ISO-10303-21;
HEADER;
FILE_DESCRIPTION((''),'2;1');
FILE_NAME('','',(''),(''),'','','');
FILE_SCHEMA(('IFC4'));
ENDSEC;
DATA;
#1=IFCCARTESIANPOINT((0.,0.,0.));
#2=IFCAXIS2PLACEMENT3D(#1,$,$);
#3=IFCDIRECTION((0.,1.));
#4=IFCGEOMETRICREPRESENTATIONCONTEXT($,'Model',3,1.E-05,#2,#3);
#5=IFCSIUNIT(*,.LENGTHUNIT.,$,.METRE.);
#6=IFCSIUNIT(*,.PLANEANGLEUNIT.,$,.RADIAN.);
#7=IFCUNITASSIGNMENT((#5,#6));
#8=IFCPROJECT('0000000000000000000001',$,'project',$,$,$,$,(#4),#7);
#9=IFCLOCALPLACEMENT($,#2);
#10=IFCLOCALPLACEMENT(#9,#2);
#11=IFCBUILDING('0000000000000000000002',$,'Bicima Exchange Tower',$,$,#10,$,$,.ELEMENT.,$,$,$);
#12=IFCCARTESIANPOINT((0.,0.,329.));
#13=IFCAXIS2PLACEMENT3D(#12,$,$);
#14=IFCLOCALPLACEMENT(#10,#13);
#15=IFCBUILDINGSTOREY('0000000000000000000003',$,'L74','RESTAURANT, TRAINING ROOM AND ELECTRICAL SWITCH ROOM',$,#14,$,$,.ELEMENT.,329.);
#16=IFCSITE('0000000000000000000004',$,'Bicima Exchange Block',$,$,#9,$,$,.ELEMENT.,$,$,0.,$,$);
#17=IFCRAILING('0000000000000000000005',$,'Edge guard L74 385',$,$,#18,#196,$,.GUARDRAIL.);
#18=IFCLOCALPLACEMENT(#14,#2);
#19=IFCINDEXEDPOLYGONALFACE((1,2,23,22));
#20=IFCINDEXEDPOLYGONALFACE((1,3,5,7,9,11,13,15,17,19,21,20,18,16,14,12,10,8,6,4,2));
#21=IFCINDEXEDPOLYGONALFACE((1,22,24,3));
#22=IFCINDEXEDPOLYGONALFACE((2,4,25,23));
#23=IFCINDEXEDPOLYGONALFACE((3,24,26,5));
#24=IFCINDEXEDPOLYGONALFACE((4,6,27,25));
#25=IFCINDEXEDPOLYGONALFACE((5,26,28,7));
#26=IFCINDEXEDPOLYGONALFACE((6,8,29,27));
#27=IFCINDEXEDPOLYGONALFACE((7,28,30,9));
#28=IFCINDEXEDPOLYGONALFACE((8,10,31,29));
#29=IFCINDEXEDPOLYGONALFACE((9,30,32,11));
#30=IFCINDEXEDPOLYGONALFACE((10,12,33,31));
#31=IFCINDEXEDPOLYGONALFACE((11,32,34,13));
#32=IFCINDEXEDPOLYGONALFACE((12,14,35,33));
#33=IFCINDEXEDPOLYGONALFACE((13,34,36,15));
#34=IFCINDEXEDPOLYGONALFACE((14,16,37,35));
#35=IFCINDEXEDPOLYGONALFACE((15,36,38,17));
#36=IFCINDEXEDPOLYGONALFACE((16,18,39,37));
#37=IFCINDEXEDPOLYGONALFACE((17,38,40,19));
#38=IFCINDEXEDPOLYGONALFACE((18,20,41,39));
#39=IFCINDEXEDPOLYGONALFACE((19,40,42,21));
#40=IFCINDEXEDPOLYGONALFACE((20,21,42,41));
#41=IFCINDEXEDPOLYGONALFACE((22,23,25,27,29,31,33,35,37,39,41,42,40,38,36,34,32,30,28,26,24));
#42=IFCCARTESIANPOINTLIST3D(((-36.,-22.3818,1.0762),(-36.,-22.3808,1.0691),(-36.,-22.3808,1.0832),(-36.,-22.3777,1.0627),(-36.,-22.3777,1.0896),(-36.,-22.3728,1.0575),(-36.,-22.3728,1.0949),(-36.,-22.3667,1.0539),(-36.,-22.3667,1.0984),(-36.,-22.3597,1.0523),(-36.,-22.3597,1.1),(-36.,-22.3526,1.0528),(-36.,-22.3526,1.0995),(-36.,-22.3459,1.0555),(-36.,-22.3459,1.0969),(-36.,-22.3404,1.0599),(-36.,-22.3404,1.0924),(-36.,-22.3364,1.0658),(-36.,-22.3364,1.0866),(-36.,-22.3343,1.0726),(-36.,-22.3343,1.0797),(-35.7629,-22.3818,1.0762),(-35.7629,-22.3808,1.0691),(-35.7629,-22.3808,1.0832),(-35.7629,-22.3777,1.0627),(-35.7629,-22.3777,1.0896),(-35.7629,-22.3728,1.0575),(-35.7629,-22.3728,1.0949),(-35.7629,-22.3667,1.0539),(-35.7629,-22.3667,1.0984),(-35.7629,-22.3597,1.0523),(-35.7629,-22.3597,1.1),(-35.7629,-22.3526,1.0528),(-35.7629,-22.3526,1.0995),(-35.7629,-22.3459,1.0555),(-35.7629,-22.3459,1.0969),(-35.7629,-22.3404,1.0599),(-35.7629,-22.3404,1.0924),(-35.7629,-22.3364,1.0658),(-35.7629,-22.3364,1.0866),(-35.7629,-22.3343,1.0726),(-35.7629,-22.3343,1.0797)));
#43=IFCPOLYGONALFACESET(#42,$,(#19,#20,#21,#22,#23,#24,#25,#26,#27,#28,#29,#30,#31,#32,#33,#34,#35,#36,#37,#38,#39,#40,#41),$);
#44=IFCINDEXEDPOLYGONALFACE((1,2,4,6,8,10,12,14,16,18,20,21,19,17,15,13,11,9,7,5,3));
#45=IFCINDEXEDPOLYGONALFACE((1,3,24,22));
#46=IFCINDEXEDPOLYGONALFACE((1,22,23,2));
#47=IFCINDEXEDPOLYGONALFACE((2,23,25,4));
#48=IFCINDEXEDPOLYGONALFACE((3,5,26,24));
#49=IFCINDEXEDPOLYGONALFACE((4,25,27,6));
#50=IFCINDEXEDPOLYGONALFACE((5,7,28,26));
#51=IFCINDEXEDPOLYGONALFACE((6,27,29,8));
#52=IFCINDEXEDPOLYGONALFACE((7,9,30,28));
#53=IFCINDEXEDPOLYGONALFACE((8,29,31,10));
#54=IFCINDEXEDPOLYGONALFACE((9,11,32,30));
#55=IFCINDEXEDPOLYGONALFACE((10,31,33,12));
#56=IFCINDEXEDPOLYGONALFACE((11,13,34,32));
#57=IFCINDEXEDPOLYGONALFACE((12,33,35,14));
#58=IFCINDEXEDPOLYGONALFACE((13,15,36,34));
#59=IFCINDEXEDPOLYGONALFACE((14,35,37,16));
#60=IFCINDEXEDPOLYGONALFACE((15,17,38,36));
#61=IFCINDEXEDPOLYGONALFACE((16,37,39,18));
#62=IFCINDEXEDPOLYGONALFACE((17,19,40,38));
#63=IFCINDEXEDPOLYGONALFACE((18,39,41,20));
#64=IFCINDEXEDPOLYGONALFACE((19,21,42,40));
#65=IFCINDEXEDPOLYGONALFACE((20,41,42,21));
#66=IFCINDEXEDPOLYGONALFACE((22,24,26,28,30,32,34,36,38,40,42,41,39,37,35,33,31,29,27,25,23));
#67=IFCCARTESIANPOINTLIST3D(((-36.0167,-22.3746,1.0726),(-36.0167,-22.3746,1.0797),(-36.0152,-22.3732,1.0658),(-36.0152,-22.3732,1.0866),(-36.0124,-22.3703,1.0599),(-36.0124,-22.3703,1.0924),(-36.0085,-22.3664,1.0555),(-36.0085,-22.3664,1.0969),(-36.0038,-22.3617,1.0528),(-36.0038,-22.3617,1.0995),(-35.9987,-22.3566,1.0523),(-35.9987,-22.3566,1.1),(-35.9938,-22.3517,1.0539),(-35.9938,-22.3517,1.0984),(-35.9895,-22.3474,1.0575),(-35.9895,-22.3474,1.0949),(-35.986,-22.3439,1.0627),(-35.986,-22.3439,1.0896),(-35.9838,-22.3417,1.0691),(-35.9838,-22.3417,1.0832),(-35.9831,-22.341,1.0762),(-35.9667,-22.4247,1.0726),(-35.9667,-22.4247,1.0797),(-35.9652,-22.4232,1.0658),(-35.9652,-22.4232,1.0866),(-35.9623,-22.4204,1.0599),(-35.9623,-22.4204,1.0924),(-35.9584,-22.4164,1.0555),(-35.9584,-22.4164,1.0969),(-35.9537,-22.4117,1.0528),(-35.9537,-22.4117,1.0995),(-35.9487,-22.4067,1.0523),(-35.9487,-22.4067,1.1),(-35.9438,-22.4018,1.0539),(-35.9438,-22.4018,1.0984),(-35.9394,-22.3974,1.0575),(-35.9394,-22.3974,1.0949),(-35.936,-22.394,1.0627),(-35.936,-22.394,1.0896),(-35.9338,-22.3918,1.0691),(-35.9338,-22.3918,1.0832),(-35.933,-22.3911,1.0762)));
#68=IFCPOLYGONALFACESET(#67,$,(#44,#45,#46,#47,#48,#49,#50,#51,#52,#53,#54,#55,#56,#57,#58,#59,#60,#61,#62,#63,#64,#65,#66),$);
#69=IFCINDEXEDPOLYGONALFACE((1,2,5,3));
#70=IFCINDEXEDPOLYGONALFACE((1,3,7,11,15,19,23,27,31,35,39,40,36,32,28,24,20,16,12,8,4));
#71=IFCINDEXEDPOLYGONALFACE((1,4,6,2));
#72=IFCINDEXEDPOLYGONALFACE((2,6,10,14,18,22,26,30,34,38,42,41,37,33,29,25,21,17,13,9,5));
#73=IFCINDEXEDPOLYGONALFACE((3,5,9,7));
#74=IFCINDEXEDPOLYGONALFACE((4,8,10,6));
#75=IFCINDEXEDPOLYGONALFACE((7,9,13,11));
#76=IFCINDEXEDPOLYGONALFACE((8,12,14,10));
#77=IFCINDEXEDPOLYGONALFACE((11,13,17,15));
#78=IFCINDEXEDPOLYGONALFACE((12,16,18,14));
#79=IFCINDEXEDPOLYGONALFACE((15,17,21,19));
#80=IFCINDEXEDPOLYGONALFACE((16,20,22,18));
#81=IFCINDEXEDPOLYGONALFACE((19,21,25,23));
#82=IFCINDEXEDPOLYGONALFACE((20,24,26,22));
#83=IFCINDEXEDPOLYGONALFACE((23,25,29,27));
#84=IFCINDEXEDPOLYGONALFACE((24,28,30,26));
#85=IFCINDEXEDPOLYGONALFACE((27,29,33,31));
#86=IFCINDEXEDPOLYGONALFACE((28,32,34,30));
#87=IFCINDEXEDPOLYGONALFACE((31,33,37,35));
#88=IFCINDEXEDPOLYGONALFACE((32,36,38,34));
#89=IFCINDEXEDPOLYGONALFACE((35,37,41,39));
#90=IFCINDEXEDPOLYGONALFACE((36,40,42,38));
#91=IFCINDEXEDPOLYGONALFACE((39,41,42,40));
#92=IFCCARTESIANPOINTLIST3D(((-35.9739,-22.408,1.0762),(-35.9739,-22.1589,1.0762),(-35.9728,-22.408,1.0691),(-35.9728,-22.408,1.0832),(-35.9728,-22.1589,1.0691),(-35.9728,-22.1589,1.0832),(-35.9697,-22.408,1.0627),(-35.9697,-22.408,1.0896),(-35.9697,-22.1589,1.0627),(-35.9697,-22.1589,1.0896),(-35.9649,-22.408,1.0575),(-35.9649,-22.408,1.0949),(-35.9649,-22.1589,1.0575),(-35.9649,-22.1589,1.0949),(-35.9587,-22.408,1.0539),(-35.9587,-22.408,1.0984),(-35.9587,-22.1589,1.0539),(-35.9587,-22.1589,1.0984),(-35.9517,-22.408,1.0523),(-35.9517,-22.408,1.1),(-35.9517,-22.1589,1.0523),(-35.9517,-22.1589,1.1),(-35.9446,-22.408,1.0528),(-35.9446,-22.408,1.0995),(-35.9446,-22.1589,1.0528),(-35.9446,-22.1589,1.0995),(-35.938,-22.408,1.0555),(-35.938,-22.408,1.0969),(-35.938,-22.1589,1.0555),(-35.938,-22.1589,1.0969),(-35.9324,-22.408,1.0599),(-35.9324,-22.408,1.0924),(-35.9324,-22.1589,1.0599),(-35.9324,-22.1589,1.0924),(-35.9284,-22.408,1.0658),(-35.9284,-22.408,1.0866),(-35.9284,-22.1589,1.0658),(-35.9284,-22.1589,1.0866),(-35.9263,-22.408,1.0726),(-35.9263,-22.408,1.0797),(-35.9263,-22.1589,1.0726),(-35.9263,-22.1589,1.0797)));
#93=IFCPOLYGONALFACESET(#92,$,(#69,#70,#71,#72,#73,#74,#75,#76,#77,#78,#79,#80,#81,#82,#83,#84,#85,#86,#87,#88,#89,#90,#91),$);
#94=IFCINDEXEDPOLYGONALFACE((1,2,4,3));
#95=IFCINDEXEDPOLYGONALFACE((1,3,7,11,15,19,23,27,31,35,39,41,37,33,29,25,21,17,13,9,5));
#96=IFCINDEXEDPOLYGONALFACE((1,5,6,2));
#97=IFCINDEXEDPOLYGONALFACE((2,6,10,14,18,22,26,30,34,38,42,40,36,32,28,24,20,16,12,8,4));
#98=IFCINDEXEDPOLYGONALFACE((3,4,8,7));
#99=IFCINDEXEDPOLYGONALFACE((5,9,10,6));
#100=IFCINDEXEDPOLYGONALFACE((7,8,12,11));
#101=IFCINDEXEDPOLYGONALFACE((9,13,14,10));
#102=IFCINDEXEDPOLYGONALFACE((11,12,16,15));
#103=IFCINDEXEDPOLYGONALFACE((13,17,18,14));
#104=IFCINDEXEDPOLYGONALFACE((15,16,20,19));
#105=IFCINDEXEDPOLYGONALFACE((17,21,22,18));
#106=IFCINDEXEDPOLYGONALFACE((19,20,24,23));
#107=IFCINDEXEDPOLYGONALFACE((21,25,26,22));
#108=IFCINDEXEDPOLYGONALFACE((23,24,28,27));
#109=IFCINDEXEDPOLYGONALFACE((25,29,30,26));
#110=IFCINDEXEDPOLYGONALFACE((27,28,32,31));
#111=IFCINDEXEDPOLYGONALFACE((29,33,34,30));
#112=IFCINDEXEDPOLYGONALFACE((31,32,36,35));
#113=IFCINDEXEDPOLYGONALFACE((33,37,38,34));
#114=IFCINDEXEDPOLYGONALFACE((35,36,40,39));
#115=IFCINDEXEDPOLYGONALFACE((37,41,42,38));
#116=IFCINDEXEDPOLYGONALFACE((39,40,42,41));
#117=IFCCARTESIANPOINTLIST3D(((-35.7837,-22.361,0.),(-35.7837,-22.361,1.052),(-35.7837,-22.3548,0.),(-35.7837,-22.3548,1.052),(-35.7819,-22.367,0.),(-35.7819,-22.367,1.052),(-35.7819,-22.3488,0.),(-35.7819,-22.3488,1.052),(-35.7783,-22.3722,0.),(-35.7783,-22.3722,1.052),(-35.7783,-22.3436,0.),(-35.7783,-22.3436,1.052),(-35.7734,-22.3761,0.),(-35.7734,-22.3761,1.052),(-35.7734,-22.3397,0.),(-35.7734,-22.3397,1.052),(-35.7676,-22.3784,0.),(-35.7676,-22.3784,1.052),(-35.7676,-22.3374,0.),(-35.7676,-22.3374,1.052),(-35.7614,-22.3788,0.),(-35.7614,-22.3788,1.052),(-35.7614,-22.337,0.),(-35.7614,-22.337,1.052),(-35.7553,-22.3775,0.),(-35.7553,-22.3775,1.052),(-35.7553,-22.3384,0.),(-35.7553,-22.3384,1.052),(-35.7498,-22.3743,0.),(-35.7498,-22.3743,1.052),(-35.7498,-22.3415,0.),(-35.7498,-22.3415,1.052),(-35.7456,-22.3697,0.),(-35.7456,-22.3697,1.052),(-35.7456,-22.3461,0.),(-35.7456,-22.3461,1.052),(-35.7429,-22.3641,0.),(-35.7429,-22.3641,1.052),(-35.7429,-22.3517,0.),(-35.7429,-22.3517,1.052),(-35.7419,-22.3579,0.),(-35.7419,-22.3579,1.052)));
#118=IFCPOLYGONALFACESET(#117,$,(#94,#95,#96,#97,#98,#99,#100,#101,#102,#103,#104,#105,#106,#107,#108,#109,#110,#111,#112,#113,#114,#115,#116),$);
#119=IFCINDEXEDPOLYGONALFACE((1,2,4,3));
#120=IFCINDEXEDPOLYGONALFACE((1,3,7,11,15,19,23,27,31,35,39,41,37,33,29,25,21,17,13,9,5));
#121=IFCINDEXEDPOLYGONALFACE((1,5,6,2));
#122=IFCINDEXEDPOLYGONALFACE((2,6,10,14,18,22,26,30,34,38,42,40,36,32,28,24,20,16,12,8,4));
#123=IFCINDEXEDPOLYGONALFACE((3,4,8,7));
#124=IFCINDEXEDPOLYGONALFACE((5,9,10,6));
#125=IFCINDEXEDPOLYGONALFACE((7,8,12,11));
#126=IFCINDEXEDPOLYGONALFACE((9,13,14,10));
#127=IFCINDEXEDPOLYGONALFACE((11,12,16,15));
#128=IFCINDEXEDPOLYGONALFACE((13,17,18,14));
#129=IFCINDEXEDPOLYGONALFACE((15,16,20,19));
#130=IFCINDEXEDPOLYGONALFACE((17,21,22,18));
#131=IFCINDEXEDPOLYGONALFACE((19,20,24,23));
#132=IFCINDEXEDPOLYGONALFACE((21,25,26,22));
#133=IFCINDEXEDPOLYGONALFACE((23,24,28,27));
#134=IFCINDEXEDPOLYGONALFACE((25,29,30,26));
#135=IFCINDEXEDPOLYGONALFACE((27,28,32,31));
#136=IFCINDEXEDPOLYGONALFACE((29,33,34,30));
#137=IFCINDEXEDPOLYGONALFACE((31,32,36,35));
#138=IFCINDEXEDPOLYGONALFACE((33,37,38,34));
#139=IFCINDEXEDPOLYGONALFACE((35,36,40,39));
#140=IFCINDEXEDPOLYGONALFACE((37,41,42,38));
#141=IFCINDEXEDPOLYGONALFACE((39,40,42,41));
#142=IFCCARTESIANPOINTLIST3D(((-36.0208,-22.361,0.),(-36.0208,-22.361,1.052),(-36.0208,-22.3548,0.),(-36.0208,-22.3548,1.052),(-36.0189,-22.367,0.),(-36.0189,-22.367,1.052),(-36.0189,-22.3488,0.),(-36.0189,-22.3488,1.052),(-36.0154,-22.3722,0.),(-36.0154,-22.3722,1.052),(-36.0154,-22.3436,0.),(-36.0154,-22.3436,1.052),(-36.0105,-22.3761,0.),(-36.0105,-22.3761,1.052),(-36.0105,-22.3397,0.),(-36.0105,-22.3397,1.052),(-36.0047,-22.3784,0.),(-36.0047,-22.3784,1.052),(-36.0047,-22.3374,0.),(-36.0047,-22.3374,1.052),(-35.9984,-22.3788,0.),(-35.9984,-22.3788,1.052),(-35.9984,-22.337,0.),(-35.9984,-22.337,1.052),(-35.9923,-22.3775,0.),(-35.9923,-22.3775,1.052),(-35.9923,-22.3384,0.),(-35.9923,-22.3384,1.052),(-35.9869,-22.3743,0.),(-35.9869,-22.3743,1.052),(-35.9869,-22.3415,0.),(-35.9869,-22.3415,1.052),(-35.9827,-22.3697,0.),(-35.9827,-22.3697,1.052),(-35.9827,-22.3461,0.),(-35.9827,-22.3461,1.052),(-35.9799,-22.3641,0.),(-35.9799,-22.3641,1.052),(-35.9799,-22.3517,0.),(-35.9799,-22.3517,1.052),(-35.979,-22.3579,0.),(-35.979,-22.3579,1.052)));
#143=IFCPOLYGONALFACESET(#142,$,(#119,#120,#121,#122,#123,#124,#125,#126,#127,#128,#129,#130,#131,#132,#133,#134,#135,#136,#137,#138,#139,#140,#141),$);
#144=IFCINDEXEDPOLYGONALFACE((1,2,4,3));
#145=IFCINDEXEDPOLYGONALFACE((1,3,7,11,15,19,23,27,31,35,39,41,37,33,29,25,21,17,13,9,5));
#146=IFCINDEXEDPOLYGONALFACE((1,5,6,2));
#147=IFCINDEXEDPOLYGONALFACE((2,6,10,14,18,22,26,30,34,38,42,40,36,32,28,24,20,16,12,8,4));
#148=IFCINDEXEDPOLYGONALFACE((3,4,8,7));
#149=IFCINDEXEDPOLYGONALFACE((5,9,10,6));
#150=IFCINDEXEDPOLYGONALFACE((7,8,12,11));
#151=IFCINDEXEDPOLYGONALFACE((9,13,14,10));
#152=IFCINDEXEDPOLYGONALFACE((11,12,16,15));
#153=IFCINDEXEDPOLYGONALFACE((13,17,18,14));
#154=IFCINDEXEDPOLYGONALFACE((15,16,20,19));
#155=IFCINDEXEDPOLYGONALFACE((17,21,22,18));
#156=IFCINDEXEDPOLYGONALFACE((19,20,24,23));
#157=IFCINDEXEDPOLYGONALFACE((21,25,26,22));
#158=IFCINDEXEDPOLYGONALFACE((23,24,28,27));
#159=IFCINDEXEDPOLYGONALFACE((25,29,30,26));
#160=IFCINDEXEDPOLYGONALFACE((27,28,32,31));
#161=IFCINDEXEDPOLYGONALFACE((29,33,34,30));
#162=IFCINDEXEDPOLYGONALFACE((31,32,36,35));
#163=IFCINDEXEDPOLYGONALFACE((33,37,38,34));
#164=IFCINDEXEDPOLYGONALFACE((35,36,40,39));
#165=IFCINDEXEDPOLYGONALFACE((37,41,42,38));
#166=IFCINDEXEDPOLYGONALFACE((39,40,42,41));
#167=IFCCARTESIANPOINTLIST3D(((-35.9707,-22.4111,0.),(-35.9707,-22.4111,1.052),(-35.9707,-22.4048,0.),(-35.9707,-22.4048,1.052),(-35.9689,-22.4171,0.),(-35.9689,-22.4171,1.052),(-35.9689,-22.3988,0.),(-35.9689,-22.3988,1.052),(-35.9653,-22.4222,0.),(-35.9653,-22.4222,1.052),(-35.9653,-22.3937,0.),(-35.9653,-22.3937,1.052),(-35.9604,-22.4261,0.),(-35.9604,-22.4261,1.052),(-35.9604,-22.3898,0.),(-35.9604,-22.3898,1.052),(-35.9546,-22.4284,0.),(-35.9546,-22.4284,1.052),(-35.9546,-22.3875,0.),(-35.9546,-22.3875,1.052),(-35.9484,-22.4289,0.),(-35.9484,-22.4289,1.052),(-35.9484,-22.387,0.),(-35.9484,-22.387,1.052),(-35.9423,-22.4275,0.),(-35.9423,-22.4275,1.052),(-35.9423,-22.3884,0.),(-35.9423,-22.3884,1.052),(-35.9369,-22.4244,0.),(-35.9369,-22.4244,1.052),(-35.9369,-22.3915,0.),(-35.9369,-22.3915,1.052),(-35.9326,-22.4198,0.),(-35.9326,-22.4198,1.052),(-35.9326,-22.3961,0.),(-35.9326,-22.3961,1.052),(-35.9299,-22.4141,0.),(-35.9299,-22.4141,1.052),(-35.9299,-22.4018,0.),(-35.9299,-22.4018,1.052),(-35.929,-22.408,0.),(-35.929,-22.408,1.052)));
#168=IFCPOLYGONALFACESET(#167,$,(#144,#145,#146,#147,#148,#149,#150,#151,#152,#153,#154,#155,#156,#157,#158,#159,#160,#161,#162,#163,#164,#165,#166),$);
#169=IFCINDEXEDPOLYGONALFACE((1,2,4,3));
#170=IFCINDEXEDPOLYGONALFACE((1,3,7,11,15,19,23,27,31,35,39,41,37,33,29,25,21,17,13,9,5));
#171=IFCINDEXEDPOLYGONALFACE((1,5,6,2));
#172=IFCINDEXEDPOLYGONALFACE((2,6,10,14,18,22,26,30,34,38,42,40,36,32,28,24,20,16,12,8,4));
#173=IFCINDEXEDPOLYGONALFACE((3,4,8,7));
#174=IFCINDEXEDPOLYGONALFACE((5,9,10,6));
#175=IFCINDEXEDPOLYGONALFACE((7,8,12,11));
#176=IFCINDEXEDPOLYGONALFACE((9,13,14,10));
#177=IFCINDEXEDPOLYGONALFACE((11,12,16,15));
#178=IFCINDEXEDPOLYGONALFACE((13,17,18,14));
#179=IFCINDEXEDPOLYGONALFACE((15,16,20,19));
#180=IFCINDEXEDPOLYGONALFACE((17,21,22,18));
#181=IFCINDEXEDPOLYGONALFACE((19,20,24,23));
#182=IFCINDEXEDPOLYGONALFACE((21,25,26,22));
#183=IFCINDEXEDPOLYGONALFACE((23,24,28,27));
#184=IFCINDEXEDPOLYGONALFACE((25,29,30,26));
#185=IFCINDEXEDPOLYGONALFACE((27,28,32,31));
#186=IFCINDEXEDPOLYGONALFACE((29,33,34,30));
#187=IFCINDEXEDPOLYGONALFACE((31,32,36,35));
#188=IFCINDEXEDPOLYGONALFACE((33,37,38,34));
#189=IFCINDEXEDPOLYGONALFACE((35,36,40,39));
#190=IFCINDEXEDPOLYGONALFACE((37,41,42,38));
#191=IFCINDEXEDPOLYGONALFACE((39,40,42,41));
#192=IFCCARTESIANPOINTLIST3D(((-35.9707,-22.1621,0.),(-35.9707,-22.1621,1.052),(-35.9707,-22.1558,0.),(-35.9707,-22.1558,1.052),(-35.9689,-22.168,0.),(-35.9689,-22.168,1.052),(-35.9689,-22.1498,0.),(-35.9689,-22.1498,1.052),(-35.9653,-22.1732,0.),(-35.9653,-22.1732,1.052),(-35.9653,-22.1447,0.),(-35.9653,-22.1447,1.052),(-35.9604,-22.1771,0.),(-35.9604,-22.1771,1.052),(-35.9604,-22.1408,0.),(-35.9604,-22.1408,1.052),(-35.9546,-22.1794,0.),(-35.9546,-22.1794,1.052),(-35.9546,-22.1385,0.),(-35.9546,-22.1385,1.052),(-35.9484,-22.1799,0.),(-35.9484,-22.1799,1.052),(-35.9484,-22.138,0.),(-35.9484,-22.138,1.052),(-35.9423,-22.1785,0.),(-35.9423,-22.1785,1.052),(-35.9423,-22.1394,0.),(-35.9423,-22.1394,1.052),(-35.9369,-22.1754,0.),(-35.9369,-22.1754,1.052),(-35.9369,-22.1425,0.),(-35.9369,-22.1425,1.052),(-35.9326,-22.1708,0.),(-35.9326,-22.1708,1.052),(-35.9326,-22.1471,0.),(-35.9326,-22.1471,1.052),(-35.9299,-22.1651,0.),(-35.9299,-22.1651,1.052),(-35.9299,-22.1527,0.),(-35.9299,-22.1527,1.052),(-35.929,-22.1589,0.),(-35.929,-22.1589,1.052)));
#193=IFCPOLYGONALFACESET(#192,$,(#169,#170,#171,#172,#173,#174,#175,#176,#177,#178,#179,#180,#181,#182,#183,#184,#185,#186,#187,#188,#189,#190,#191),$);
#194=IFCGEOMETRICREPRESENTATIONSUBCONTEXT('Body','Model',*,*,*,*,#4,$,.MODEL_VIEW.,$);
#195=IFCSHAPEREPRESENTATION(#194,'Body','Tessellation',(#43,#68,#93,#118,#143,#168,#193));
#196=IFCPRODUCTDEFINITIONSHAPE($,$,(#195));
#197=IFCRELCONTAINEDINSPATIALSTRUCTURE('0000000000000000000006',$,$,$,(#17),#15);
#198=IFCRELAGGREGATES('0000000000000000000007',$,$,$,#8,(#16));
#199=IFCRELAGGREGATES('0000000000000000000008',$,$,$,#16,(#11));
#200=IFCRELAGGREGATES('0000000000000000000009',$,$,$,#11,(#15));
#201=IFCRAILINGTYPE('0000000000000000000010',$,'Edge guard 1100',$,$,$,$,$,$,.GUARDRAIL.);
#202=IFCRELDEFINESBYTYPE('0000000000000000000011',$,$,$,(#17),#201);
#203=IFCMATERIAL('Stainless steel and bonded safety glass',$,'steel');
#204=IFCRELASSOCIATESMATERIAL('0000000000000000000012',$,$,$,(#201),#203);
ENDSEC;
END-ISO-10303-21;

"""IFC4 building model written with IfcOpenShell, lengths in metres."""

from ifc_helpers import new_model, si_unit, direction, frame, origin, origin_2d, place, context, subcontext, project, spatial, circle, extrude, material, type_object, element, save


model = new_model("IFC4")

# Units and contexts
model_context = context("Model", 3, precision=1e-05, world=origin(), true_north=direction((0.0, 1.0)))
body_context = subcontext(model_context, "Body", "Model", "MODEL_VIEW")
ifc_project = project(units=[si_unit("LENGTHUNIT", "METRE"), si_unit("PLANEANGLEUNIT", "RADIAN")], contexts=[model_context])

# Site, building, storey
site_placement = place(None, origin())
site = spatial("IfcSite", under=ifc_project, at=site_placement, Name="Bicima Exchange Block", CompositionType="ELEMENT", RefElevation=0.0)
building_placement = place(site_placement, origin())
building = spatial("IfcBuilding", under=site, at=building_placement, Name="Bicima Exchange Tower", CompositionType="ELEMENT")
storey_placement = place(building_placement, frame((0.0, 0.0, 329.0)))
storey = spatial("IfcBuildingStorey", under=building, at=storey_placement, Name="L74", Description="RESTAURANT, TRAINING ROOM AND ELECTRICAL SWITCH ROOM", CompositionType="ELEMENT", Elevation=329.0)

# Railing
ifc_material_1 = material(Name="Stainless steel and bonded safety glass", Category="steel")
railing_type = type_object("IfcRailingType", Name="Edge guard 1100", PredefinedType="GUARDRAIL", material=ifc_material_1)
railing_1_placement = place(storey_placement, frame((-35.7629, -22.3579, 0.0)))
element("IfcRailing", 1, at=railing_1_placement, inside=storey, type_object=railing_type, Name="Edge guard L74 385", PredefinedType="GUARDRAIL", context=body_context, shape_type="SweptSolid", body=[
    extrude(circle(Radius=0.0239, at=origin_2d()), frame((0.0, 0.0, 1.0762), z_axis=(-1.0, 0.0, 0.0), x_axis=(0.0, -1.0, 0.0)), (0.0, 0.0, 1.0), 0.2371),
    extrude(circle(Radius=0.0239, at=origin_2d()), frame((-0.2371, 0.0, 1.0762), z_axis=(0.707107, -0.707107, 0.0), x_axis=(0.707107, 0.707107, 0.0)), (0.0, 0.0, 1.0), 0.0708),
    extrude(circle(Radius=0.0239, at=origin_2d()), frame((-0.187, -0.05, 1.0762), z_axis=(0.0, 1.0, 0.0), x_axis=(-1.0, 0.0, 0.0)), (0.0, 0.0, 1.0), 0.249),
    extrude(circle(Radius=0.021, at=origin_2d()), origin(), (0.0, 0.0, 1.0), 1.052),
    extrude(circle(Radius=0.021, at=origin_2d()), frame((-0.2371, 0.0, 0.0)), (0.0, 0.0, 1.0), 1.052),
    extrude(circle(Radius=0.021, at=origin_2d()), frame((-0.187, -0.05, 0.0)), (0.0, 0.0, 1.0), 1.052),
    extrude(circle(Radius=0.021, at=origin_2d()), frame((-0.187, 0.199, 0.0)), (0.0, 0.0, 1.0), 1.052),
])

save(model, "model.ifc")
